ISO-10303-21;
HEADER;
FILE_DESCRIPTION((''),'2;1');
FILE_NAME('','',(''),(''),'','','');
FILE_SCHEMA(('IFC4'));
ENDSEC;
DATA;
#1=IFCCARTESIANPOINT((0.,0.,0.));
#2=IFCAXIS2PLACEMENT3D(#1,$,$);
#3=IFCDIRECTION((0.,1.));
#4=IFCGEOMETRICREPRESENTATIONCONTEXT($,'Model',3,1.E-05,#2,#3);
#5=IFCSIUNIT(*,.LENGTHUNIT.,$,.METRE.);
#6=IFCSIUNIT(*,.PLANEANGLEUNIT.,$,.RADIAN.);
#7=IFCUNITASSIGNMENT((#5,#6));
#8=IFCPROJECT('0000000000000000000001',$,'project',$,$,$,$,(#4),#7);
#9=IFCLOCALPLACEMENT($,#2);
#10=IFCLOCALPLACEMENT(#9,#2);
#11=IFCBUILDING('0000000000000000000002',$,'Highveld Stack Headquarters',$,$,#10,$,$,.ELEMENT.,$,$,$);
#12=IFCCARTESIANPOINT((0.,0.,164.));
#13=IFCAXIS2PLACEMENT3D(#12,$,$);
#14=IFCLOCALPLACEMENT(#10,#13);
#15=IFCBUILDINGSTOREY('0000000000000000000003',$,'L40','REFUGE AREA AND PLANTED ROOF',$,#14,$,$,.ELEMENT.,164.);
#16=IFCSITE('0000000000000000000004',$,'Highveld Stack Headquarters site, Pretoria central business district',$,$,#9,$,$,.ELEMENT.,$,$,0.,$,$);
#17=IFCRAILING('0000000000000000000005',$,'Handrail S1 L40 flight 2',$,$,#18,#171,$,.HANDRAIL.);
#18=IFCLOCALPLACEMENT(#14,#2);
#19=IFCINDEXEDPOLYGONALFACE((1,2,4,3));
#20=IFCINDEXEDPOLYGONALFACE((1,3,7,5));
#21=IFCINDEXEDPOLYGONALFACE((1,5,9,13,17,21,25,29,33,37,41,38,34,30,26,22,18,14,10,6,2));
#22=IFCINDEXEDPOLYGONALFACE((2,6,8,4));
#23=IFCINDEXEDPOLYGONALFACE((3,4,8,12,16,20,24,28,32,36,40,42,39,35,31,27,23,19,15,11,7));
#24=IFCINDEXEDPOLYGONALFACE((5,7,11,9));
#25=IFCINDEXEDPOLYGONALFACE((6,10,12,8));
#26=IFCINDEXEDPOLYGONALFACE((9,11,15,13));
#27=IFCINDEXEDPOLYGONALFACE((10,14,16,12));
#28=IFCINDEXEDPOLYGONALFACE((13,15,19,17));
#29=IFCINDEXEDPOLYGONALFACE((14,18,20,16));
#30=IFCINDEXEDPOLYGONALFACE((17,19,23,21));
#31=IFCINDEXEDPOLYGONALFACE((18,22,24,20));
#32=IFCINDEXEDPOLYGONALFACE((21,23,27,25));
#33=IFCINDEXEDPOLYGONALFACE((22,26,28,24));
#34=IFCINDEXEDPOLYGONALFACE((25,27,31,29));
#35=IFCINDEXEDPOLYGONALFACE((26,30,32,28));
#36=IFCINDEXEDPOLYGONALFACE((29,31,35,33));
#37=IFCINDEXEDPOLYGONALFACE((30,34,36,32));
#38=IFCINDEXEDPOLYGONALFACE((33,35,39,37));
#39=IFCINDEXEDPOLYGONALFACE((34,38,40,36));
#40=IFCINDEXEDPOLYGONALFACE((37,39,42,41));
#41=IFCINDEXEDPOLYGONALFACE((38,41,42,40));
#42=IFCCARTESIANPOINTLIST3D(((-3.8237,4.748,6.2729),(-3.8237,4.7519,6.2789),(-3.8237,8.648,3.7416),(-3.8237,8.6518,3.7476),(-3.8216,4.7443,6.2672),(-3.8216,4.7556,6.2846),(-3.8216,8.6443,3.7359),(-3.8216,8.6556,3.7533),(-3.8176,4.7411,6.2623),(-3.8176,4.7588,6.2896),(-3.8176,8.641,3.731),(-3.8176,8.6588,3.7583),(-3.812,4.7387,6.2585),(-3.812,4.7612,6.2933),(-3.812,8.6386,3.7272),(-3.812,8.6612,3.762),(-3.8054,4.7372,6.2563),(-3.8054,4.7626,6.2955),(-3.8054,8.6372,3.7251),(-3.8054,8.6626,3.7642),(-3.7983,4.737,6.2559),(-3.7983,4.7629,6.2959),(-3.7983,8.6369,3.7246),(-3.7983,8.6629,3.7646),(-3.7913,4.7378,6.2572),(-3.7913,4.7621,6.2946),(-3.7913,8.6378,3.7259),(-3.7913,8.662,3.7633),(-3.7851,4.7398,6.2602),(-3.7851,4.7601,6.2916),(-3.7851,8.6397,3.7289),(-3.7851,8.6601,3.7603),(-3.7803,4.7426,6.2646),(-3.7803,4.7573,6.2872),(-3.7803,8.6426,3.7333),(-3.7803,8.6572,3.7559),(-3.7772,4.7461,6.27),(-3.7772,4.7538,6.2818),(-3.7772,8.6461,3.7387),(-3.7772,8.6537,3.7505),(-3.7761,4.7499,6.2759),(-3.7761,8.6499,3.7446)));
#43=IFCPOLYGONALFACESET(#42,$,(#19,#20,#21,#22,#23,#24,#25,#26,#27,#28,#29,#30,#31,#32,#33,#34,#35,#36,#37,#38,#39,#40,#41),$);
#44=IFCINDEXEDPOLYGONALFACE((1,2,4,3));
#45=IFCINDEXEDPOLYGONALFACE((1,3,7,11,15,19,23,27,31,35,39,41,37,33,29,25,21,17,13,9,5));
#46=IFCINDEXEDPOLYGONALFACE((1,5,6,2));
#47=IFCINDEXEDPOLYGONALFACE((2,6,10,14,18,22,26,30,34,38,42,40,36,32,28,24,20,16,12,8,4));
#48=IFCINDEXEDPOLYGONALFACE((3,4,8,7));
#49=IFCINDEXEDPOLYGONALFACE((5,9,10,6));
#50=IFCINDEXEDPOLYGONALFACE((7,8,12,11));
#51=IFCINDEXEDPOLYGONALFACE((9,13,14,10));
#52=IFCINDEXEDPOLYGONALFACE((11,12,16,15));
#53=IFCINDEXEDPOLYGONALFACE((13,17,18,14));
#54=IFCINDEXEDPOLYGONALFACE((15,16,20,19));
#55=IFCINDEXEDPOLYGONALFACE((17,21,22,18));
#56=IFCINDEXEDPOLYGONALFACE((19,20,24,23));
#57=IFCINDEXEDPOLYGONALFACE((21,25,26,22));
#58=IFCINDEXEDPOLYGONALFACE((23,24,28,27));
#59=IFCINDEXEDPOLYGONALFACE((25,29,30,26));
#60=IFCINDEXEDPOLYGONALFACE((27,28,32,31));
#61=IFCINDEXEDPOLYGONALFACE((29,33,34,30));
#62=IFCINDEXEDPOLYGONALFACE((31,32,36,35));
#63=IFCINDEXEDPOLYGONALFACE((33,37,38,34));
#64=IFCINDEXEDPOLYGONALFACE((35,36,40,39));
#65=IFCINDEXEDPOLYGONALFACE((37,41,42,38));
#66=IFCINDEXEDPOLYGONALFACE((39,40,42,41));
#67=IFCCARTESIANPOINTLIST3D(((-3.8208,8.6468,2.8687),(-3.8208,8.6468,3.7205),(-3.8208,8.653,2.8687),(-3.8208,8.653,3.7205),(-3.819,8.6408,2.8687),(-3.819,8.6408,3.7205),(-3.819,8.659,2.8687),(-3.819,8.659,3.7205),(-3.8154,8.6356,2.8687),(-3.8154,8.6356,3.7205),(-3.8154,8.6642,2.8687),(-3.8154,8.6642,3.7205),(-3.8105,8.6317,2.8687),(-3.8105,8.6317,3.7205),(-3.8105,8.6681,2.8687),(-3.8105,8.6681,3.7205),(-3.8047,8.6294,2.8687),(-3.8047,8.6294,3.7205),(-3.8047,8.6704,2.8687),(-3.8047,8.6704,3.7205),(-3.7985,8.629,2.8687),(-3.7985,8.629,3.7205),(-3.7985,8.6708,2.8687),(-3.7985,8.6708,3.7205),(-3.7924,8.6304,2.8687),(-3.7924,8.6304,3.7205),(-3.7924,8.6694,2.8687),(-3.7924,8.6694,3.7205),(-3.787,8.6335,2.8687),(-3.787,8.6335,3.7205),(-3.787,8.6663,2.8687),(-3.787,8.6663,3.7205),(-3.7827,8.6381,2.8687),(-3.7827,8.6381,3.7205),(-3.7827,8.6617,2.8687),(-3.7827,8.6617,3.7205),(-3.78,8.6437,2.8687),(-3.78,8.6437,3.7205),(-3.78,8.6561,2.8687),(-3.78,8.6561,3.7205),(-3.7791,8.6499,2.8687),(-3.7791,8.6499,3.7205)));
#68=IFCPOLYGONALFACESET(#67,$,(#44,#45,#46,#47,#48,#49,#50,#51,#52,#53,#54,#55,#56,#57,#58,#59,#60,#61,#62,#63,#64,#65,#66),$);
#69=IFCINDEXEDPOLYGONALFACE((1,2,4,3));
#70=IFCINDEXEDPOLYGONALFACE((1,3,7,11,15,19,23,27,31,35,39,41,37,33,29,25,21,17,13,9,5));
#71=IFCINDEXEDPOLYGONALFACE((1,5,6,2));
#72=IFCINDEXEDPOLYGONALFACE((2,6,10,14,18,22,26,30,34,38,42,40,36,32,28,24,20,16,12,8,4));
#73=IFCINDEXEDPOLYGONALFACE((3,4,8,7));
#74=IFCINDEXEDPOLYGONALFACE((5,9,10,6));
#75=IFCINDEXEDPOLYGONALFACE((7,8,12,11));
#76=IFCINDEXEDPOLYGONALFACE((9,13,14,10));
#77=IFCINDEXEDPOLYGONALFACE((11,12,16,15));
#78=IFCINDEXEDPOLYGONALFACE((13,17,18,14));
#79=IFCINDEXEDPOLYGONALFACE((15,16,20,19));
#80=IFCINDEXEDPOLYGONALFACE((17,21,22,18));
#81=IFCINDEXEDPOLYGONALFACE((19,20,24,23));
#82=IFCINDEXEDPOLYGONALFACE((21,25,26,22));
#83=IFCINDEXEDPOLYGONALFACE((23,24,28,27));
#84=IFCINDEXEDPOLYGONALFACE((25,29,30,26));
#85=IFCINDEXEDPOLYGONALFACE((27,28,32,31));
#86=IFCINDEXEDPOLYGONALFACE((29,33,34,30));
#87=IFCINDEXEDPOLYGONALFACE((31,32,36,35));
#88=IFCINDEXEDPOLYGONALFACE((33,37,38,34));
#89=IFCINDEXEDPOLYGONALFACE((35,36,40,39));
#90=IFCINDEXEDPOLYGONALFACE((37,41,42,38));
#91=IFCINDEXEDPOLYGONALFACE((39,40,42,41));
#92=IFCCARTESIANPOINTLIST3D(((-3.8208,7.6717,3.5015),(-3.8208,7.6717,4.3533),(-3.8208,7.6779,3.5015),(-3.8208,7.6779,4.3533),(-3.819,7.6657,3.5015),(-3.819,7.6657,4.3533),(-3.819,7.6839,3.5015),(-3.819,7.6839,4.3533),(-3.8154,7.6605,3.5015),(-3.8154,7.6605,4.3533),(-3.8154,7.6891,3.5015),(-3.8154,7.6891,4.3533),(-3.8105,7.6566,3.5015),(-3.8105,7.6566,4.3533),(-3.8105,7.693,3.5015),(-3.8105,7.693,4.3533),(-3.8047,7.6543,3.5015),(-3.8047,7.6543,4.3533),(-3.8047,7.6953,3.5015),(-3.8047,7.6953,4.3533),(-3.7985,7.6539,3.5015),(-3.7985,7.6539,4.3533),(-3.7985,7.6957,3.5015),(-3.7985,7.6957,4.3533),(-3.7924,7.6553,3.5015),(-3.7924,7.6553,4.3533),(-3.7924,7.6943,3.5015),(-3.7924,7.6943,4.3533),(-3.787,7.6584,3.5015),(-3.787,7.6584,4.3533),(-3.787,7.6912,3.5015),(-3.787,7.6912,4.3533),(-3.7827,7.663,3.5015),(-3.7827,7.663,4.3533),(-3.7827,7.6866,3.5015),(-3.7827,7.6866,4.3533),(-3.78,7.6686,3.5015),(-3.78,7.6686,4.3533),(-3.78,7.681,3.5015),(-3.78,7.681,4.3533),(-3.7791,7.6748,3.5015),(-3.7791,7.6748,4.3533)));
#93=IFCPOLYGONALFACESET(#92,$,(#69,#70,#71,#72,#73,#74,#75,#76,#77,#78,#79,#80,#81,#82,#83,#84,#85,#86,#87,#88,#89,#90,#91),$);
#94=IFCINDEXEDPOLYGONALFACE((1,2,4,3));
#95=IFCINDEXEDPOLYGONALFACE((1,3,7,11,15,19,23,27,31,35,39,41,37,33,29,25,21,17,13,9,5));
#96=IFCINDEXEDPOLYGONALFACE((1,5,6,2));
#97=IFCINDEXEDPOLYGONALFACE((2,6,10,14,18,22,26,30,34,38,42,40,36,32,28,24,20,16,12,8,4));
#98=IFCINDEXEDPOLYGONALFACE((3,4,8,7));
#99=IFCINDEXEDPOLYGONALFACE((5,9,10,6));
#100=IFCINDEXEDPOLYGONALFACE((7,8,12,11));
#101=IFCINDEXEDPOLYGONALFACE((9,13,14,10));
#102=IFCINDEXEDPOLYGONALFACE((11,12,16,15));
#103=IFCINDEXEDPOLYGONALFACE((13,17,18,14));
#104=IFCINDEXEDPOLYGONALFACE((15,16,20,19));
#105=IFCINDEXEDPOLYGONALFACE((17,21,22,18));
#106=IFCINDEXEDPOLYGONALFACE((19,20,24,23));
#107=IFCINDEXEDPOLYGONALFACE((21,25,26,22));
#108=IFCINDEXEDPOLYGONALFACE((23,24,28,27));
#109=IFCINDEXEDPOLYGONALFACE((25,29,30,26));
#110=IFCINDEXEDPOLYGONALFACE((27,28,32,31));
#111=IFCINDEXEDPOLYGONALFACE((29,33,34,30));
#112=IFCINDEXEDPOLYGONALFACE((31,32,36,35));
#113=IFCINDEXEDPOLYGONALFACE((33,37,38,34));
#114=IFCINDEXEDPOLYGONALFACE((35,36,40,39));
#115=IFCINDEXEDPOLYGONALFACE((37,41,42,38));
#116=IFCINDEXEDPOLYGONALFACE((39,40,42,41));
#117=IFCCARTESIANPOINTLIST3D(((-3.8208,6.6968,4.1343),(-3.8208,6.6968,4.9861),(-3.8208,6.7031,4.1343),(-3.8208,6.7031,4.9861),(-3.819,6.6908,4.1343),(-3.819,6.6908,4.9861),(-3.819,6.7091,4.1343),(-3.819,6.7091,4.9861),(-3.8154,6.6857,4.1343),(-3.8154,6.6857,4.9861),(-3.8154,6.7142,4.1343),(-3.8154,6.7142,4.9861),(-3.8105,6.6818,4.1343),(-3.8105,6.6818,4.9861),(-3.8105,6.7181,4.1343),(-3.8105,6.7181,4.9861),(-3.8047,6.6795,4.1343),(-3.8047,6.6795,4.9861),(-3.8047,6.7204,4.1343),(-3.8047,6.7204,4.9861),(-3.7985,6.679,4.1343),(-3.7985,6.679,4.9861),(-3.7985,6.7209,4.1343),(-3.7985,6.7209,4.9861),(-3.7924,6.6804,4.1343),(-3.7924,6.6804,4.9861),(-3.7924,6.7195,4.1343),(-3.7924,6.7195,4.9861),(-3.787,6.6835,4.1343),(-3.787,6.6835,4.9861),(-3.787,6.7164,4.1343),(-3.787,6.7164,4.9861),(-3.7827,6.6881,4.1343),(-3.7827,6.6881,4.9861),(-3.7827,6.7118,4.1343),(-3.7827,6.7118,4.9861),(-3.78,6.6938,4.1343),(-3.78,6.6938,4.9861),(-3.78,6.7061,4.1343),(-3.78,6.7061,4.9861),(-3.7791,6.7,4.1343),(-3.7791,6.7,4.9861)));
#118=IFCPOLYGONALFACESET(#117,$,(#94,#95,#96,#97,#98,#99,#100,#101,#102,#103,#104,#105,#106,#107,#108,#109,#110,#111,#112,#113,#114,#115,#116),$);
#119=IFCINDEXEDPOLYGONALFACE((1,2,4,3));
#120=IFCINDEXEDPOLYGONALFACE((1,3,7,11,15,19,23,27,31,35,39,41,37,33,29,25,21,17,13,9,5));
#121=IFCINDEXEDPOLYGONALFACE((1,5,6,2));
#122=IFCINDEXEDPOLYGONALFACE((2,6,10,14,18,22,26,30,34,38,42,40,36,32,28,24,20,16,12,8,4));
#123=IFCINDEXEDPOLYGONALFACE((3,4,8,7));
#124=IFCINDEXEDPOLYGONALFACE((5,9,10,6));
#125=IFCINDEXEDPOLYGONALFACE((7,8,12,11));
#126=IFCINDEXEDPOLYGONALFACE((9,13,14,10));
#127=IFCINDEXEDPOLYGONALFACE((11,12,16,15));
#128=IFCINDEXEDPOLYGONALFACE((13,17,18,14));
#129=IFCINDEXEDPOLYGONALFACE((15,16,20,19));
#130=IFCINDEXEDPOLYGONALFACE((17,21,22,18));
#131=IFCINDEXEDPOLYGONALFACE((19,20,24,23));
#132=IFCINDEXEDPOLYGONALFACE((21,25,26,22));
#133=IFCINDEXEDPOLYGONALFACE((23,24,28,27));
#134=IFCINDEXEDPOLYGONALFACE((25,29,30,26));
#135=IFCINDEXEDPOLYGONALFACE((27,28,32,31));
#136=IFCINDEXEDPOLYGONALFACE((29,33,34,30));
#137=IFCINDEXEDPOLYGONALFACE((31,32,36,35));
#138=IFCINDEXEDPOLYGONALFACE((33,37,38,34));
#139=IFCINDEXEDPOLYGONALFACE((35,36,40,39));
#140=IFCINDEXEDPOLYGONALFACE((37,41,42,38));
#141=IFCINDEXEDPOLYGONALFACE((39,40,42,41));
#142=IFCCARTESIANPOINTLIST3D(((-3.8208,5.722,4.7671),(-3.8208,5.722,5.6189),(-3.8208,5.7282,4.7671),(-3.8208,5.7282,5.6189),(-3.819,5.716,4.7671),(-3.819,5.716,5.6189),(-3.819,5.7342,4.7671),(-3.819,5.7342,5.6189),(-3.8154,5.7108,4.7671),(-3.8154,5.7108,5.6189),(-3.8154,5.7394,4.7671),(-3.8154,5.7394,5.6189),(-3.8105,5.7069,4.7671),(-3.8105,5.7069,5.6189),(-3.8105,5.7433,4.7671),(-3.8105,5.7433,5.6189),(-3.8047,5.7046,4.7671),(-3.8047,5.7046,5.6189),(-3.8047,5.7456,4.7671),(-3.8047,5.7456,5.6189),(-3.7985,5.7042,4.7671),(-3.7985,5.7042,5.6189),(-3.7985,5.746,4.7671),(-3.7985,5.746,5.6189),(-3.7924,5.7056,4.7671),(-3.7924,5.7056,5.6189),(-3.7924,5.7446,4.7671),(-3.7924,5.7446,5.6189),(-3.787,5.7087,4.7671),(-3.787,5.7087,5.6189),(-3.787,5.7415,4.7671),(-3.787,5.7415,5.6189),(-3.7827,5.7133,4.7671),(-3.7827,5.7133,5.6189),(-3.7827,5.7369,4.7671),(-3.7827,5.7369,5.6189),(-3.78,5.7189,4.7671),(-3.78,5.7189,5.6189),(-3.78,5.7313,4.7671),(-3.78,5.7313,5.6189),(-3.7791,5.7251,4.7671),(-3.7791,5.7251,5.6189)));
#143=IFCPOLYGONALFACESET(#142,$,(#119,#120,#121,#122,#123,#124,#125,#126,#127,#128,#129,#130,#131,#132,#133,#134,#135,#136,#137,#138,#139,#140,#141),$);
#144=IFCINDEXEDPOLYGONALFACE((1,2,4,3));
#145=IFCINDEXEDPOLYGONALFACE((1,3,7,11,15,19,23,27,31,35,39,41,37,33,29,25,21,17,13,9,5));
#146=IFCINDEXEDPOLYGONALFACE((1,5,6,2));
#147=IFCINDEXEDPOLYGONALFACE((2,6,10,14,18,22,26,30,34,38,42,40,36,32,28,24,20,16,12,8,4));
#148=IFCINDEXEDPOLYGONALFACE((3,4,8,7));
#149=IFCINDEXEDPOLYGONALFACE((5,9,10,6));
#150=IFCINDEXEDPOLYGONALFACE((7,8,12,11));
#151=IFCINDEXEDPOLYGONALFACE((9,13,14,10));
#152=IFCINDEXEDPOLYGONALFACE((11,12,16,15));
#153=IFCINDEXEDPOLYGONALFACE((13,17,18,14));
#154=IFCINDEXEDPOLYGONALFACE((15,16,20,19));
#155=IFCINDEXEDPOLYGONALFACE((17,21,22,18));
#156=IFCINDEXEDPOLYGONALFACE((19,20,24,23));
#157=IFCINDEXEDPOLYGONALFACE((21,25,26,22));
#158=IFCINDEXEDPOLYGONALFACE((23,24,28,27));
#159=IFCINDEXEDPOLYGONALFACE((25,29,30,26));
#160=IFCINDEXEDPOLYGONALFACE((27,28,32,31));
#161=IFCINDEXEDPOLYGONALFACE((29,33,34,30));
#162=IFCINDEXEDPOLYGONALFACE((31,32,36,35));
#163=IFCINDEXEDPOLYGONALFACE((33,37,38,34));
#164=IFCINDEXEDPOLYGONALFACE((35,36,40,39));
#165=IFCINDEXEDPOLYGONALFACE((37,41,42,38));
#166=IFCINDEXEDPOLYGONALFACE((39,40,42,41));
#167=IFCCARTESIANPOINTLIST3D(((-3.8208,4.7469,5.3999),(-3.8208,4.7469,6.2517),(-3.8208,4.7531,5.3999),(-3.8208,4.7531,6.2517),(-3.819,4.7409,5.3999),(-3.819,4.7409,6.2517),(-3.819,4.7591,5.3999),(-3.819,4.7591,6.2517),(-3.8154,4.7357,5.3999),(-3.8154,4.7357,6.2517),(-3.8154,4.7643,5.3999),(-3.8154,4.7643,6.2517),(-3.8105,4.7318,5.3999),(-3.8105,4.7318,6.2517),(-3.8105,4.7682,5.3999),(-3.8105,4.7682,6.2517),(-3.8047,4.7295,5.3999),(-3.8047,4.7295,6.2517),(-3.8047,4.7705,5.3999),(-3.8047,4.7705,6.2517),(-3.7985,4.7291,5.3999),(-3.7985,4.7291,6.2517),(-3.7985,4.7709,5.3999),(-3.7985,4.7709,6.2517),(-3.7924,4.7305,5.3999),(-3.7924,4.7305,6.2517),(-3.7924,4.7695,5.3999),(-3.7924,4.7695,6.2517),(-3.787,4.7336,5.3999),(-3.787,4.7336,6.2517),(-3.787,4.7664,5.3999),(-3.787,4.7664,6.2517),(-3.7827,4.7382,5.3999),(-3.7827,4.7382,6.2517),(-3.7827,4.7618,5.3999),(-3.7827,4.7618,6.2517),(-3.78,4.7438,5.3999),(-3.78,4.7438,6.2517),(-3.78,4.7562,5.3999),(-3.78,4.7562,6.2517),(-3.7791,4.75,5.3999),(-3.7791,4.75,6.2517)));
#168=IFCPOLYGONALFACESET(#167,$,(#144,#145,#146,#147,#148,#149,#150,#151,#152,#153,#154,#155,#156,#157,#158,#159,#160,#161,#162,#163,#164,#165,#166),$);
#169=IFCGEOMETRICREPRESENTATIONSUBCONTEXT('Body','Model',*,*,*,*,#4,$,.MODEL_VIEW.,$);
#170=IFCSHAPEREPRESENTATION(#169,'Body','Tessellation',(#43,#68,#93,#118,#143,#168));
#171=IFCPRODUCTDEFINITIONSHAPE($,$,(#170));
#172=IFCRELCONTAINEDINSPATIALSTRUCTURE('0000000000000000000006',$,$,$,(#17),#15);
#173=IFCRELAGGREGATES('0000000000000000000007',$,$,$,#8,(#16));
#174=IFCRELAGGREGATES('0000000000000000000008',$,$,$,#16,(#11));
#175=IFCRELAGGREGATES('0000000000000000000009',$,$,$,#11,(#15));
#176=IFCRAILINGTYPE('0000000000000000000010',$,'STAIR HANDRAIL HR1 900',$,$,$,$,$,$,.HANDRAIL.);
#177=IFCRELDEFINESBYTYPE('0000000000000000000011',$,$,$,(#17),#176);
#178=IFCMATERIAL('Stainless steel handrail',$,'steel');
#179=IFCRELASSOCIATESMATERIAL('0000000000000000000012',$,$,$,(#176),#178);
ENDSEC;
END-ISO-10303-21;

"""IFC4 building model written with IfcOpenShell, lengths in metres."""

from ifc_helpers import new_model, si_unit, direction, frame, origin, origin_2d, place, context, subcontext, project, spatial, circle, extrude, material, type_object, element, save


model = new_model("IFC4")

# Units and contexts
model_context = context("Model", 3, precision=1e-05, world=origin(), true_north=direction((0.0, 1.0)))
body_context = subcontext(model_context, "Body", "Model", "MODEL_VIEW")
ifc_project = project(units=[si_unit("LENGTHUNIT", "METRE"), si_unit("PLANEANGLEUNIT", "RADIAN")], contexts=[model_context])

# Site, building, storey
site_placement = place(None, origin())
site = spatial("IfcSite", under=ifc_project, at=site_placement, Name="Highveld Stack Headquarters site, Pretoria central business district", CompositionType="ELEMENT", RefElevation=0.0)
building_placement = place(site_placement, origin())
building = spatial("IfcBuilding", under=site, at=building_placement, Name="Highveld Stack Headquarters", CompositionType="ELEMENT")
storey_placement = place(building_placement, frame((0.0, 0.0, 164.0)))
storey = spatial("IfcBuildingStorey", under=building, at=storey_placement, Name="L40", Description="REFUGE AREA AND PLANTED ROOF", CompositionType="ELEMENT", Elevation=164.0)

# Railing
ifc_material_1 = material(Name="Stainless steel handrail", Category="steel")
railing_type = type_object("IfcRailingType", Name="STAIR HANDRAIL HR1 900", PredefinedType="HANDRAIL", material=ifc_material_1)
railing_placement = place(storey_placement, frame((-3.8, 8.6499, 2.8687)))
element("IfcRailing", 1, at=railing_placement, inside=storey, type_object=railing_type, Name="Handrail S1 L40 flight 2", PredefinedType="HANDRAIL", context=body_context, shape_type="SweptSolid", body=[
    extrude(circle(Radius=0.0239, at=origin_2d()), frame((0.0, 0.0, 0.876), z_axis=(0.0, -0.838806, 0.544431), x_axis=(1.0, 0.0, 0.0)), (0.0, 0.0, 1.0), 4.6494),
    extrude(circle(Radius=0.021, at=origin_2d()), origin(), (0.0, 0.0, 1.0), 0.8518),
    extrude(circle(Radius=0.021, at=origin_2d()), frame((0.0, -0.9751, 0.6328)), (0.0, 0.0, 1.0), 0.8518),
    extrude(circle(Radius=0.021, at=origin_2d()), frame((0.0, -1.95, 1.2656)), (0.0, 0.0, 1.0), 0.8518),
    extrude(circle(Radius=0.021, at=origin_2d()), frame((0.0, -2.9248, 1.8984)), (0.0, 0.0, 1.0), 0.8518),
    extrude(circle(Radius=0.021, at=origin_2d()), frame((0.0, -3.8999, 2.5312)), (0.0, 0.0, 1.0), 0.8518),
])

save(model, "model.ifc")
